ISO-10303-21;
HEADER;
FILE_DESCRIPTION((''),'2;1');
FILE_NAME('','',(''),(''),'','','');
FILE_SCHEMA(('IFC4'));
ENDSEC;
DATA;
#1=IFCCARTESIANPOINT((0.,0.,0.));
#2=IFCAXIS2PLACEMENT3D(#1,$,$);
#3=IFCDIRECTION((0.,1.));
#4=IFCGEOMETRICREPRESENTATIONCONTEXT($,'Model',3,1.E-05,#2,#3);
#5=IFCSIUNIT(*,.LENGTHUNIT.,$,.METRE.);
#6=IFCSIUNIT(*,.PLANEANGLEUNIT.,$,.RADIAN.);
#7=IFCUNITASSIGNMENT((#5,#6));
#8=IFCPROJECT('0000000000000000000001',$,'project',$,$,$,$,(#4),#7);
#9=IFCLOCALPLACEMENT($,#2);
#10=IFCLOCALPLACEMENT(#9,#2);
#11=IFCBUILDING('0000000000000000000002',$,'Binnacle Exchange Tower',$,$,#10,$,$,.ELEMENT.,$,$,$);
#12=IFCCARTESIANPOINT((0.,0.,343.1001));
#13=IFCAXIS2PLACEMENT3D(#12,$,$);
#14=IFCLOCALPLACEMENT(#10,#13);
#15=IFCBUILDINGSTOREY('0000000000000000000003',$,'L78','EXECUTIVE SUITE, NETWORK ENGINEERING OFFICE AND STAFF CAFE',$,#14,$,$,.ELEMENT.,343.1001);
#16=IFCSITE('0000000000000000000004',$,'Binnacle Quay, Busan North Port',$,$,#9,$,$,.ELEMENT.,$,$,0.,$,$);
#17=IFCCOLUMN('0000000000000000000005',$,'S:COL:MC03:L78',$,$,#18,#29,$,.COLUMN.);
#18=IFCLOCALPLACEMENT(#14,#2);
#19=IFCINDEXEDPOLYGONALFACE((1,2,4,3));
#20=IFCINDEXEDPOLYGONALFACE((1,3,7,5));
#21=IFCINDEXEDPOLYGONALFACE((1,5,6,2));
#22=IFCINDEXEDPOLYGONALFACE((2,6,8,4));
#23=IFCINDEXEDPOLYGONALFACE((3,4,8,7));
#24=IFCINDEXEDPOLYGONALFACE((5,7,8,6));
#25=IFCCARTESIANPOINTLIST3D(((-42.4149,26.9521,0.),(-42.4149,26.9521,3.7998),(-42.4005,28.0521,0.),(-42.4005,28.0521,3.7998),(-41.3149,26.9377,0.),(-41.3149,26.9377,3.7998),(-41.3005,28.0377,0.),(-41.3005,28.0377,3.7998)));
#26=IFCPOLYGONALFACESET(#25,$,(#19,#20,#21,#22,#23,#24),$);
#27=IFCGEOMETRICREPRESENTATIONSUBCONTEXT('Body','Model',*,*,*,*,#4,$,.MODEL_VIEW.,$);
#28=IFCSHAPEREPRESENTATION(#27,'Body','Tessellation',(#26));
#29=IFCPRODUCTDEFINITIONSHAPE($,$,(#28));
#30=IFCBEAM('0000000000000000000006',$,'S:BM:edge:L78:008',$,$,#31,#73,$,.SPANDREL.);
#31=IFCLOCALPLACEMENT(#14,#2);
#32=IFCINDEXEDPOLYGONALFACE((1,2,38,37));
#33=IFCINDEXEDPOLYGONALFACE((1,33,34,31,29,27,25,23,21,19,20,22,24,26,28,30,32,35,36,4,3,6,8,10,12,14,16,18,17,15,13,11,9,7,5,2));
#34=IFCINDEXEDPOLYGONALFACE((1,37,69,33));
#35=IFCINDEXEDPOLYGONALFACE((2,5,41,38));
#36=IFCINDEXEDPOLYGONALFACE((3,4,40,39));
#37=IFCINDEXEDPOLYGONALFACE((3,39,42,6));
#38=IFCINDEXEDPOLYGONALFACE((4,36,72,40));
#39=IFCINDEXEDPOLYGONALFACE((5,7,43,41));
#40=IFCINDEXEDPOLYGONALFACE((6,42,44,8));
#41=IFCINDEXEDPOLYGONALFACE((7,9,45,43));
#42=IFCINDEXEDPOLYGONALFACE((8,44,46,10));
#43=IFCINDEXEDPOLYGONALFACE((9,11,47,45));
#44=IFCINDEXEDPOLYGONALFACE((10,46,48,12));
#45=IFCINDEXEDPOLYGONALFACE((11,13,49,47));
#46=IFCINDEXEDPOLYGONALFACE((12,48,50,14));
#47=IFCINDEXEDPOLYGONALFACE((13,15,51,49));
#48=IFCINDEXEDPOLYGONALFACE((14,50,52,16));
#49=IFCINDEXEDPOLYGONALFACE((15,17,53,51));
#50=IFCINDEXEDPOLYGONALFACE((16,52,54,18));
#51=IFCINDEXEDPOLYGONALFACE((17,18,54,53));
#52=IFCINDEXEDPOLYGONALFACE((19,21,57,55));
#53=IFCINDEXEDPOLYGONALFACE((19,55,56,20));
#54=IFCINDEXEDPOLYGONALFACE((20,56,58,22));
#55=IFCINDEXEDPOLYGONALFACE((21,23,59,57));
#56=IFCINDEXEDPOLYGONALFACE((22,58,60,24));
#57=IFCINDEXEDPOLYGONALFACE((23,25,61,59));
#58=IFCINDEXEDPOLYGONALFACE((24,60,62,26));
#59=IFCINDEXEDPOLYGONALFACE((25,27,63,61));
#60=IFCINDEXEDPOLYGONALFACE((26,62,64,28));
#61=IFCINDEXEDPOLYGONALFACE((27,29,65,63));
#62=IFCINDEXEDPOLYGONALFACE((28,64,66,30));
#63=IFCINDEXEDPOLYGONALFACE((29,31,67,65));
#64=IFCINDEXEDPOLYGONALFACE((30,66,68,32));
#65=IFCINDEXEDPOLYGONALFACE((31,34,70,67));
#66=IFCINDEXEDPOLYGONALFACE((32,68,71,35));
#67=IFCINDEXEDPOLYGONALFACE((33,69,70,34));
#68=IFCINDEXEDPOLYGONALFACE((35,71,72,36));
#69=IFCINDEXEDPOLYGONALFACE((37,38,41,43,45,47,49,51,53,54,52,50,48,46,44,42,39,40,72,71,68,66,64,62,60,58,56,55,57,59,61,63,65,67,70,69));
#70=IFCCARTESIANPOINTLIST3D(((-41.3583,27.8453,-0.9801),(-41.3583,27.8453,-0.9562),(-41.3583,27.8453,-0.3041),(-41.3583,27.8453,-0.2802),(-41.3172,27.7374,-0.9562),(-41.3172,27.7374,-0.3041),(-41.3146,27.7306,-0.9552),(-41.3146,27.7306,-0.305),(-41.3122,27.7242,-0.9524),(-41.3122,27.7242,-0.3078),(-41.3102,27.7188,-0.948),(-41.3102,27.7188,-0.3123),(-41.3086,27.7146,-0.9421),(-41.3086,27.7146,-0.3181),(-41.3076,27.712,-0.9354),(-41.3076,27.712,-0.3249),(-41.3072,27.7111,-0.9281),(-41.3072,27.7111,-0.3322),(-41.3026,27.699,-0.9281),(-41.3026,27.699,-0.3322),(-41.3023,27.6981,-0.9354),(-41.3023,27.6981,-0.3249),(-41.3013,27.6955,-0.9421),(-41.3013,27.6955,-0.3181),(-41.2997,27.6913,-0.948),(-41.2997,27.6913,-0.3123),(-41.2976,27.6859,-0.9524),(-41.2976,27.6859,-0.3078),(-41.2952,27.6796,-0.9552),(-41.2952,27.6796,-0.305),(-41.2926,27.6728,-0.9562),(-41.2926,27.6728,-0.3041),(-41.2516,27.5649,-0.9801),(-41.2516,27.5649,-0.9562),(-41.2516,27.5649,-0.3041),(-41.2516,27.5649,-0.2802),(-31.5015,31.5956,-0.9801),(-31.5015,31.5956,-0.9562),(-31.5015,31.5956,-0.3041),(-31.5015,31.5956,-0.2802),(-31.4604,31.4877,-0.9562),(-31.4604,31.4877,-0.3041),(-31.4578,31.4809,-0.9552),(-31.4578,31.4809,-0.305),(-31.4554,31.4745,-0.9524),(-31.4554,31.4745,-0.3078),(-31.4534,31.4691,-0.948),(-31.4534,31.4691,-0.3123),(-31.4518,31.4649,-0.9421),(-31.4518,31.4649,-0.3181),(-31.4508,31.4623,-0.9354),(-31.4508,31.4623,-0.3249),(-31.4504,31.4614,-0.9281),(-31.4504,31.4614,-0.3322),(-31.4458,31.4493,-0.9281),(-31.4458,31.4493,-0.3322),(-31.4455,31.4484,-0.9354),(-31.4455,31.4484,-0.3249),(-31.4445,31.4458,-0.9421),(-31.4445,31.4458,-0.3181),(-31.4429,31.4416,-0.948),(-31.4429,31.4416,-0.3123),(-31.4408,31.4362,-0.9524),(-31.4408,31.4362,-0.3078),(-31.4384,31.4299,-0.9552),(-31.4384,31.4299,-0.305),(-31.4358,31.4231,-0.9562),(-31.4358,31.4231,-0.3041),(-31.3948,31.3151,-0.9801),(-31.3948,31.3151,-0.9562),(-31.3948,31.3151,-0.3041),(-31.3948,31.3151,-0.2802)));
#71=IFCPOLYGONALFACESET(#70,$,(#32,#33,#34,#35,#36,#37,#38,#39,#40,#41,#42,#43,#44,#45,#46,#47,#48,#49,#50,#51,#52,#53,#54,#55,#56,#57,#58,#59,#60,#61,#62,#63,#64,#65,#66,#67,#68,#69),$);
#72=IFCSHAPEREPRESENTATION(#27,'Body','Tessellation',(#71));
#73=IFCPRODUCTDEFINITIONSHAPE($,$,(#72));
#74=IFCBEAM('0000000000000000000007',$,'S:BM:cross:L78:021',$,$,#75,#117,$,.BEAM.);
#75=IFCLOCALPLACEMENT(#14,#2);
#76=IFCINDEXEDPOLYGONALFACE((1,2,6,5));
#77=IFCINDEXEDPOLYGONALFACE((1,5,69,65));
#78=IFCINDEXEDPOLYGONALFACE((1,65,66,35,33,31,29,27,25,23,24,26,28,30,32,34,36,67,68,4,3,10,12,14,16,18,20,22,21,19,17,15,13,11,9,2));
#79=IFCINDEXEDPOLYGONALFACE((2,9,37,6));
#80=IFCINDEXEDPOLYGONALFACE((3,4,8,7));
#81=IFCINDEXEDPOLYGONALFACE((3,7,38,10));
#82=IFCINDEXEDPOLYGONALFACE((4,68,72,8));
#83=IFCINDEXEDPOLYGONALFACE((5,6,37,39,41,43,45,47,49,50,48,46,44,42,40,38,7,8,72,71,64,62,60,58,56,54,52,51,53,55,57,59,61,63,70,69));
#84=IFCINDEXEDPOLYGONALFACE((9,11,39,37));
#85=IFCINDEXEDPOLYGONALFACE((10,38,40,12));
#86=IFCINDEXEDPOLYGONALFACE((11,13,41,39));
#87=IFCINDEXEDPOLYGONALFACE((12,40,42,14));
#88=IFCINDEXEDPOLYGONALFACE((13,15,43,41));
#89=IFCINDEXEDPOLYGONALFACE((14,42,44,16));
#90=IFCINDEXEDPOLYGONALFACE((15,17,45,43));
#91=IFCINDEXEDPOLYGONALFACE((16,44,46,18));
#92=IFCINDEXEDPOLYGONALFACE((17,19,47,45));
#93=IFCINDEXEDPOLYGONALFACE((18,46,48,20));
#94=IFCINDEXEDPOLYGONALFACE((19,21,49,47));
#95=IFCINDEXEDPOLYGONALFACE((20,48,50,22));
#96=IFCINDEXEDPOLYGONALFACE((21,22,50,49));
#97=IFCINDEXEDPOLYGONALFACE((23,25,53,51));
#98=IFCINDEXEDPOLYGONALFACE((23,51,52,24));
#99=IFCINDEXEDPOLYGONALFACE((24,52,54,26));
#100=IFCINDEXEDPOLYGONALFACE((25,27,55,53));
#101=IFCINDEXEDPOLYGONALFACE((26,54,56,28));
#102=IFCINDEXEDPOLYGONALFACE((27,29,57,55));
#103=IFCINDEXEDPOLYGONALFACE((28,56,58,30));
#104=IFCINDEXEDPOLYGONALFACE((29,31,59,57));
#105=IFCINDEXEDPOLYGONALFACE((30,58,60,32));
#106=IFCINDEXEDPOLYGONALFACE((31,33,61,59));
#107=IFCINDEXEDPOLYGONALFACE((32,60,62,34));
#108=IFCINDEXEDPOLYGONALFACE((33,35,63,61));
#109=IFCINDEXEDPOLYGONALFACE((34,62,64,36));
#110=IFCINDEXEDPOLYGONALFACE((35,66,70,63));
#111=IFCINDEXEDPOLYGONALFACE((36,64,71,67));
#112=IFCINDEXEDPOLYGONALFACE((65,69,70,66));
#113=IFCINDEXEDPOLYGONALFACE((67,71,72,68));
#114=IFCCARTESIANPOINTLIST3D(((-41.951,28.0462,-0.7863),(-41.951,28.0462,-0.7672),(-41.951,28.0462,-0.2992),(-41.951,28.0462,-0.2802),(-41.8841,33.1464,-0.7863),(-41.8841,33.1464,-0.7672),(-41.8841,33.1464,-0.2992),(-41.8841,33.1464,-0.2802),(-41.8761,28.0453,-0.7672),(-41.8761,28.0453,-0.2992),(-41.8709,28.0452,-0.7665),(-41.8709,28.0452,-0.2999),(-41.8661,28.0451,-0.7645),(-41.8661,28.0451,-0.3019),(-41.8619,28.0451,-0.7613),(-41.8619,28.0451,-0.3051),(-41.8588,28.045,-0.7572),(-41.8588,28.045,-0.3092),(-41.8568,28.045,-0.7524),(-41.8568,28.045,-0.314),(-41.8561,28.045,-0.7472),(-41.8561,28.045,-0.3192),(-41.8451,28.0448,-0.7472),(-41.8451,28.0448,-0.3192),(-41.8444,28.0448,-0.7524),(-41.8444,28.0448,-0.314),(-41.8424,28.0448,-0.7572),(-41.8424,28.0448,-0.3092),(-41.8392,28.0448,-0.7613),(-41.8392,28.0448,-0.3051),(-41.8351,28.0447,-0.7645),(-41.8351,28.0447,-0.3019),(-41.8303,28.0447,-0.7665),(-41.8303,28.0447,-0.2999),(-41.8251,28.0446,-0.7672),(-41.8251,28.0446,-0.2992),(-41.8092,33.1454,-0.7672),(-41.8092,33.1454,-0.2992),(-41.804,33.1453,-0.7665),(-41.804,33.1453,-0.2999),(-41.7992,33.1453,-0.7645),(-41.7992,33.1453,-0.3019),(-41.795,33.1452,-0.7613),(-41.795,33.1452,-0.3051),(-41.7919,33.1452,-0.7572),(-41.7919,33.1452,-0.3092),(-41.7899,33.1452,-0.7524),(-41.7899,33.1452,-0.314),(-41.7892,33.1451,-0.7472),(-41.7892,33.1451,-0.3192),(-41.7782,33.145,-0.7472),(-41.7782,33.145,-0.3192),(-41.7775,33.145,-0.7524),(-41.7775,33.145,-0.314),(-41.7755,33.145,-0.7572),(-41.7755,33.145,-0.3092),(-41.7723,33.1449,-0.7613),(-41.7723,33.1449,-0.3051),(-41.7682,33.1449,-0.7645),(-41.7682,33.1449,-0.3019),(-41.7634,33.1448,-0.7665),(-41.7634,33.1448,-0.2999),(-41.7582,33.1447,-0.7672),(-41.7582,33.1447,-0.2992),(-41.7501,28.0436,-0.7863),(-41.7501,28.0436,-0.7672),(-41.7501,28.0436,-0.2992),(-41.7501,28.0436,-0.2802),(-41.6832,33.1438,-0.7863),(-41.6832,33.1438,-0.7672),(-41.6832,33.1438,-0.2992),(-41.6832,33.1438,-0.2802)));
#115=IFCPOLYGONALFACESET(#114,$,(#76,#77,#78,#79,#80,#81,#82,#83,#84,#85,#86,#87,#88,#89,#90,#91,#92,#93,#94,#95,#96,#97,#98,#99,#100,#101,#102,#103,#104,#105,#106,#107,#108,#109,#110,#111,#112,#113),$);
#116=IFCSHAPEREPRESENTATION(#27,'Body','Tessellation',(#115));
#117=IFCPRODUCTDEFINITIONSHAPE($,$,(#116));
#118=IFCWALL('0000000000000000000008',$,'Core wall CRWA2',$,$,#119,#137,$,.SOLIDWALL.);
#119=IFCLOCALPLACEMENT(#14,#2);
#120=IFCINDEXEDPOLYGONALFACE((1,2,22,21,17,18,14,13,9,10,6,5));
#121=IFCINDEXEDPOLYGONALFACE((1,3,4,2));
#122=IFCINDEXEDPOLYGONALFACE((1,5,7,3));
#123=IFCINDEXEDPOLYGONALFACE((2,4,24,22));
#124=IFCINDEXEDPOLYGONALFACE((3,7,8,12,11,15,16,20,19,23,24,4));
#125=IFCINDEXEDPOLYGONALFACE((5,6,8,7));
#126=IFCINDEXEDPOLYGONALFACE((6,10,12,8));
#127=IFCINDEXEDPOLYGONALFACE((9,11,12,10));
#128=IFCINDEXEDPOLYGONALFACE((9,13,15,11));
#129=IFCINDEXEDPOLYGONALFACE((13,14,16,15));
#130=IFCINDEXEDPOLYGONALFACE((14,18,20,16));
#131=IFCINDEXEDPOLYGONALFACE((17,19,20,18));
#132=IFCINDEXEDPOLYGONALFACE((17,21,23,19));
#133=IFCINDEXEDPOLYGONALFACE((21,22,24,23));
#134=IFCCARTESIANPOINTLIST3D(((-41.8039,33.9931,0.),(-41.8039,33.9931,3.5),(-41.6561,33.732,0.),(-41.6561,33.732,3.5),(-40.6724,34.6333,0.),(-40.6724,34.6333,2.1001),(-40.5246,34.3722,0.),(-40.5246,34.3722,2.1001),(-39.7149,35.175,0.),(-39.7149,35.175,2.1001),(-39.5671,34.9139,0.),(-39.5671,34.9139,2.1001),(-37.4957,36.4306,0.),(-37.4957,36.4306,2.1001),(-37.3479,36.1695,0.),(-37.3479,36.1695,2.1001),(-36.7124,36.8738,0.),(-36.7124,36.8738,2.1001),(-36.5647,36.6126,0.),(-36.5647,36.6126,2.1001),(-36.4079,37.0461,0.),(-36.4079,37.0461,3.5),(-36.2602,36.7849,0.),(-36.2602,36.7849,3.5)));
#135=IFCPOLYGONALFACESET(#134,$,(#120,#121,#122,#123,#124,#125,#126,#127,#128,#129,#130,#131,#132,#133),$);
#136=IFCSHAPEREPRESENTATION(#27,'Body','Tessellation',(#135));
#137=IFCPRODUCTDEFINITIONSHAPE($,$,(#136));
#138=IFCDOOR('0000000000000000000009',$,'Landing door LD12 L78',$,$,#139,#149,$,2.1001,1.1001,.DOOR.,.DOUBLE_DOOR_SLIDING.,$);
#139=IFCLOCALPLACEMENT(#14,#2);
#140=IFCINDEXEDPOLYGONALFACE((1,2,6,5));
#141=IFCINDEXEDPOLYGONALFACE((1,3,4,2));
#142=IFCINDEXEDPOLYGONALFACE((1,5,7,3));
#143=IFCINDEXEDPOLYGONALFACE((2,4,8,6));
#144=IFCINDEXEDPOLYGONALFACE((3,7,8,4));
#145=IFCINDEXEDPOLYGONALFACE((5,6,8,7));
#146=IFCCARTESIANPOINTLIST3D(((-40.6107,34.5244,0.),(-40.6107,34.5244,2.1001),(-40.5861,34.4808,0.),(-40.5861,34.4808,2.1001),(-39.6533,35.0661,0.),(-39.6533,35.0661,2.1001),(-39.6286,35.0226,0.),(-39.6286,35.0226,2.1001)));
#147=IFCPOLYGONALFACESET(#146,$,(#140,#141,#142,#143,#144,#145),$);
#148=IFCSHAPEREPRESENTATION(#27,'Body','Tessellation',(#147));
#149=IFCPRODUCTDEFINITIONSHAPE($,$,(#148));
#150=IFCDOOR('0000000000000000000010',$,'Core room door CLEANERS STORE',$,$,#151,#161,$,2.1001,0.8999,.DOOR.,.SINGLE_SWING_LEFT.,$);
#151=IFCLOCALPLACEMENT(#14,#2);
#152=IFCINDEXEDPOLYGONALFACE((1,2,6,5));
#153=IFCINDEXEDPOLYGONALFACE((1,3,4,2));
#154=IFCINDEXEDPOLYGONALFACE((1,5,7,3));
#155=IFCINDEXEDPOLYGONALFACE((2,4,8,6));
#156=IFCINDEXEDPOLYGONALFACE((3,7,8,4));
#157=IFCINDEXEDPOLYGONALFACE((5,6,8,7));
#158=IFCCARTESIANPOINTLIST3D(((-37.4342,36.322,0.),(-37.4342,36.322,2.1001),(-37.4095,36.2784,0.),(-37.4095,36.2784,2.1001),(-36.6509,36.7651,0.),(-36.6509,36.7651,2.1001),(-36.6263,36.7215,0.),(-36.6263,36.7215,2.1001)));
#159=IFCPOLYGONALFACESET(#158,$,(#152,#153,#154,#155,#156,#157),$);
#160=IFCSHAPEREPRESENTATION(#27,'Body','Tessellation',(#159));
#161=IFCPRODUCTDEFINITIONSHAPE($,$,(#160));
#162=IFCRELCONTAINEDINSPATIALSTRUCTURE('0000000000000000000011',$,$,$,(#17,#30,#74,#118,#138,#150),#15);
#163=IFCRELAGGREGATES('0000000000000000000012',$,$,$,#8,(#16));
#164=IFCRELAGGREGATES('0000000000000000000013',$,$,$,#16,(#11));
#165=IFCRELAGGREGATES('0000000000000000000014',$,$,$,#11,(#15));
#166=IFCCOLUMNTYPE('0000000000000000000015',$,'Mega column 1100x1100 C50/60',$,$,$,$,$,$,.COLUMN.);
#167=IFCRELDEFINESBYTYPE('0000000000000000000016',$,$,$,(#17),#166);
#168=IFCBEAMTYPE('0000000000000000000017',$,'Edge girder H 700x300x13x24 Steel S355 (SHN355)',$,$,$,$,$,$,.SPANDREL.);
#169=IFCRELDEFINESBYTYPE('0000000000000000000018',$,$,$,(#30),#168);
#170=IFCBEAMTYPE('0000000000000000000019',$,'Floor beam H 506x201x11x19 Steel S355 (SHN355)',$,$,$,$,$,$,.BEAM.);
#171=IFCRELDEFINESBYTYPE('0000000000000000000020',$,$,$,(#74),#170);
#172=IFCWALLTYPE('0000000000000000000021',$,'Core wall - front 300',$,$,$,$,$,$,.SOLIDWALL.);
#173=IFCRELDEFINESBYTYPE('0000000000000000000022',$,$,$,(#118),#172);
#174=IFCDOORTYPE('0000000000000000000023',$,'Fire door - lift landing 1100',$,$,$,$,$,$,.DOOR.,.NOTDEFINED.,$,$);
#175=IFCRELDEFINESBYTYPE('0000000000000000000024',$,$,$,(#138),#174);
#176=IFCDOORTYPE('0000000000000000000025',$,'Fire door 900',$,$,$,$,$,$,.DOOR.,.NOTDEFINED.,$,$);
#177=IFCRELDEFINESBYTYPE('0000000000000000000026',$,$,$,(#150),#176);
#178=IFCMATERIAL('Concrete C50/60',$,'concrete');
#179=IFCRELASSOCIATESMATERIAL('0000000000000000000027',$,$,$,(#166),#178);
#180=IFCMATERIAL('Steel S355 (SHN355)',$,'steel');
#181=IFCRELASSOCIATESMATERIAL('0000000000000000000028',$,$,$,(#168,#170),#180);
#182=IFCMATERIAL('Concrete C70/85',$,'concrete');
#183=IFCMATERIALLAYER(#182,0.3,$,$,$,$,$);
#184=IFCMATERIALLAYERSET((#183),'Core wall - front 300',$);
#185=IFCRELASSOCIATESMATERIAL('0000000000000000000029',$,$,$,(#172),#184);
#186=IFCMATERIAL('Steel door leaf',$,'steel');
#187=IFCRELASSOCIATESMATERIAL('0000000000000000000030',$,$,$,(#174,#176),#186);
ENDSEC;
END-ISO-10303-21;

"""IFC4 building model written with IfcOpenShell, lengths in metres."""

from ifc_helpers import new_model, si_unit, direction, frame, frame_2d, origin, origin_2d, place, context, subcontext, project, spatial, rectangle, i_section, extrude, material, layer, layer_set, material_profile, profile_set, type_object, element, fill, save


model = new_model("IFC4")

# Units and contexts
model_context = context("Model", 3, precision=1e-05, world=origin(), true_north=direction((0.0, 1.0)))
body_context = subcontext(model_context, "Body", "Model", "MODEL_VIEW")
ifc_project = project(units=[si_unit("LENGTHUNIT", "METRE"), si_unit("PLANEANGLEUNIT", "RADIAN")], contexts=[model_context])

# Site, building, storey
site_placement = place(None, origin())
site = spatial("IfcSite", under=ifc_project, at=site_placement, Name="Binnacle Quay, Busan North Port", CompositionType="ELEMENT", RefElevation=0.0)
building_placement = place(site_placement, origin())
building = spatial("IfcBuilding", under=site, at=building_placement, Name="Binnacle Exchange Tower", CompositionType="ELEMENT")
storey_placement = place(building_placement, frame((0.0, 0.0, 343.1001)))
storey = spatial("IfcBuildingStorey", under=building, at=storey_placement, Name="L78", Description="EXECUTIVE SUITE, NETWORK ENGINEERING OFFICE AND STAFF CAFE", CompositionType="ELEMENT", Elevation=343.1001)

# Column
ifc_material_1 = material(Name="Concrete C50/60", Category="concrete")
ifc_material_profile_1 = material_profile(ifc_material_1, rectangle(XDim=1.1001, YDim=1.1001, at=origin_2d()), Name="Mega column 1100x1100 C50/60")
ifc_profile_set_1 = profile_set([ifc_material_profile_1], Name="Concrete C50/60")
column_type = type_object("IfcColumnType", Name="Mega column 1100x1100 C50/60", PredefinedType="COLUMN", material=ifc_profile_set_1)
column_placement = place(storey_placement, frame((-41.8577, 27.4949, 0.0), z_axis=(0.0, 0.0, 1.0), x_axis=(0.999914, -0.01309, 0.0)))
element("IfcColumn", 1, at=column_placement, inside=storey, type_object=column_type, Name="S:COL:MC03:L78", PredefinedType="COLUMN", context=body_context, shape_type="SweptSolid", body=[
    extrude(rectangle(XDim=1.1001, YDim=1.1001, at=origin_2d()), origin(), (0.0, 0.0, 1.0), 3.7998),
])

# Beams
ifc_material_2 = material(Name="Steel S355 (SHN355)", Category="steel")
ifc_material_profile_2 = material_profile(ifc_material_2, i_section(OverallWidth=0.3, OverallDepth=0.7, WebThickness=0.0129, FlangeThickness=0.0239, FilletRadius=0.0281, at=origin_2d()), Name="H 700x300x13x24")
ifc_profile_set_2 = profile_set([ifc_material_profile_2], Name="Steel S355 (SHN355)")
beam_type_1 = type_object("IfcBeamType", Name="Edge girder H 700x300x13x24 Steel S355 (SHN355)", PredefinedType="SPANDREL", material=ifc_profile_set_2)
beam_1_placement = place(storey_placement, frame((-41.3049, 27.7051, -0.6301), z_axis=(0.934635, 0.355607, 0.0), x_axis=(-0.355607, 0.934635, 0.0)))
element("IfcBeam", 2, at=beam_1_placement, inside=storey, type_object=beam_type_1, Name="S:BM:edge:L78:008", PredefinedType="SPANDREL", context=body_context, shape_type="SweptSolid", body=[
    extrude(i_section(OverallWidth=0.3, OverallDepth=0.7, WebThickness=0.0129, FlangeThickness=0.0239, FilletRadius=0.0281, at=origin_2d()), origin(), (0.0, 0.0, 1.0), 10.5461),
])
ifc_material_profile_3 = material_profile(ifc_material_2, i_section(OverallWidth=0.2009, OverallDepth=0.5061, WebThickness=0.011, FlangeThickness=0.019, FilletRadius=0.02, at=origin_2d()), Name="H 506x201x11x19")
ifc_profile_set_3 = profile_set([ifc_material_profile_3], Name="Steel S355 (SHN355)")
beam_type_2 = type_object("IfcBeamType", Name="Floor beam H 506x201x11x19 Steel S355 (SHN355)", PredefinedType="BEAM", material=ifc_profile_set_3)
beam_2_placement = place(storey_placement, frame((-41.8506, 28.0449, -0.5332), z_axis=(0.013115, 0.999914, 0.0), x_axis=(-0.999914, 0.013115, 0.0)))
element("IfcBeam", 3, at=beam_2_placement, inside=storey, type_object=beam_type_2, Name="S:BM:cross:L78:021", PredefinedType="BEAM", context=body_context, shape_type="SweptSolid", body=[
    extrude(i_section(OverallWidth=0.2009, OverallDepth=0.5061, WebThickness=0.011, FlangeThickness=0.019, FilletRadius=0.02, at=origin_2d()), origin(), (0.0, 0.0, 1.0), 5.1006),
])

# Wall, openings, doors
ifc_material_3 = material(Name="Concrete C70/85", Category="concrete")
ifc_layer_1 = layer(ifc_material_3, 0.3)
ifc_layer_set_1 = layer_set([ifc_layer_1], Name="Core wall - front 300")
wall_type_1 = type_object("IfcWallType", Name="Core wall - front 300", PredefinedType="SOLIDWALL", material=ifc_layer_set_1)
wall_1_placement = place(storey_placement, frame((-41.73, 33.8625, 0.0), z_axis=(0.0, 0.0, 1.0), x_axis=(0.870351, 0.492432, 0.0)))
wall_1 = element("IfcWall", 4, at=wall_1_placement, inside=storey, type_object=wall_type_1, Name="Core wall CRWA2", PredefinedType="SOLIDWALL", context=body_context, shape_type="SweptSolid", body=[
    extrude(rectangle(XDim=6.1997, YDim=0.3, at=frame_2d((3.0999, 0.0))), origin(), (0.0, 0.0, 1.0), 3.5),
])
opening_1_placement = place(wall_1_placement, frame((1.3, 0.0, 0.0)))
opening_1 = element("IfcOpeningElement", 5, at=opening_1_placement, cuts=wall_1, PredefinedType="OPENING", context=body_context, shape_type="SweptSolid", body=[
    extrude(rectangle(XDim=1.1001, YDim=2.1001, at=frame_2d((0.55, 1.05))), frame((0.0, 0.1599, 0.0), z_axis=(0.0, -1.0, 0.0), x_axis=(1.0, 0.0, 0.0)), (0.0, 0.0, 1.0), 0.3201),
])
opening_2_placement = place(wall_1_placement, frame((4.95, 0.0, 0.0)))
opening_2 = element("IfcOpeningElement", 6, at=opening_2_placement, cuts=wall_1, PredefinedType="OPENING", context=body_context, shape_type="SweptSolid", body=[
    extrude(rectangle(XDim=0.8999, YDim=2.1001, at=frame_2d((0.45, 1.05))), frame((0.0, 0.1599, 0.0), z_axis=(0.0, -1.0, 0.0), x_axis=(1.0, 0.0, 0.0)), (0.0, 0.0, 1.0), 0.3201),
])
ifc_material_4 = material(Name="Steel door leaf", Category="steel")
door_type_1 = type_object("IfcDoorType", Name="Fire door - lift landing 1100", OperationType="NOTDEFINED", PredefinedType="DOOR", material=ifc_material_4)
door_1_placement = place(opening_1_placement, origin())
door_1 = element("IfcDoor", 7, at=door_1_placement, inside=storey, type_object=door_type_1, Name="Landing door LD12 L78", OperationType="DOUBLE_DOOR_SLIDING", OverallHeight=2.1001, OverallWidth=1.1001, PredefinedType="DOOR", context=body_context, shape_type="SweptSolid", body=[
    extrude(rectangle(XDim=1.1001, YDim=2.1001, at=frame_2d((0.55, 1.05))), frame((0.0, 0.0249, 0.0), z_axis=(0.0, -1.0, 0.0), x_axis=(1.0, 0.0, 0.0)), (0.0, 0.0, 1.0), 0.05),
])
fill(opening_1, door_1)
door_type_2 = type_object("IfcDoorType", Name="Fire door 900", OperationType="NOTDEFINED", PredefinedType="DOOR", material=ifc_material_4)
door_2_placement = place(opening_2_placement, frame((0.8999, 0.0, 0.0), z_axis=(0.0, 0.0, 1.0), x_axis=(-1.0, 0.0, 0.0)))
door_2 = element("IfcDoor", 8, at=door_2_placement, inside=storey, type_object=door_type_2, Name="Core room door CLEANERS STORE", OperationType="SINGLE_SWING_LEFT", OverallHeight=2.1001, OverallWidth=0.8999, PredefinedType="DOOR", context=body_context, shape_type="SweptSolid", body=[
    extrude(rectangle(XDim=0.8999, YDim=2.1001, at=frame_2d((0.45, 1.05))), frame((0.0, 0.0249, 0.0), z_axis=(0.0, -1.0, 0.0), x_axis=(1.0, 0.0, 0.0)), (0.0, 0.0, 1.0), 0.05),
])
fill(opening_2, door_2)

save(model, "model.ifc")
